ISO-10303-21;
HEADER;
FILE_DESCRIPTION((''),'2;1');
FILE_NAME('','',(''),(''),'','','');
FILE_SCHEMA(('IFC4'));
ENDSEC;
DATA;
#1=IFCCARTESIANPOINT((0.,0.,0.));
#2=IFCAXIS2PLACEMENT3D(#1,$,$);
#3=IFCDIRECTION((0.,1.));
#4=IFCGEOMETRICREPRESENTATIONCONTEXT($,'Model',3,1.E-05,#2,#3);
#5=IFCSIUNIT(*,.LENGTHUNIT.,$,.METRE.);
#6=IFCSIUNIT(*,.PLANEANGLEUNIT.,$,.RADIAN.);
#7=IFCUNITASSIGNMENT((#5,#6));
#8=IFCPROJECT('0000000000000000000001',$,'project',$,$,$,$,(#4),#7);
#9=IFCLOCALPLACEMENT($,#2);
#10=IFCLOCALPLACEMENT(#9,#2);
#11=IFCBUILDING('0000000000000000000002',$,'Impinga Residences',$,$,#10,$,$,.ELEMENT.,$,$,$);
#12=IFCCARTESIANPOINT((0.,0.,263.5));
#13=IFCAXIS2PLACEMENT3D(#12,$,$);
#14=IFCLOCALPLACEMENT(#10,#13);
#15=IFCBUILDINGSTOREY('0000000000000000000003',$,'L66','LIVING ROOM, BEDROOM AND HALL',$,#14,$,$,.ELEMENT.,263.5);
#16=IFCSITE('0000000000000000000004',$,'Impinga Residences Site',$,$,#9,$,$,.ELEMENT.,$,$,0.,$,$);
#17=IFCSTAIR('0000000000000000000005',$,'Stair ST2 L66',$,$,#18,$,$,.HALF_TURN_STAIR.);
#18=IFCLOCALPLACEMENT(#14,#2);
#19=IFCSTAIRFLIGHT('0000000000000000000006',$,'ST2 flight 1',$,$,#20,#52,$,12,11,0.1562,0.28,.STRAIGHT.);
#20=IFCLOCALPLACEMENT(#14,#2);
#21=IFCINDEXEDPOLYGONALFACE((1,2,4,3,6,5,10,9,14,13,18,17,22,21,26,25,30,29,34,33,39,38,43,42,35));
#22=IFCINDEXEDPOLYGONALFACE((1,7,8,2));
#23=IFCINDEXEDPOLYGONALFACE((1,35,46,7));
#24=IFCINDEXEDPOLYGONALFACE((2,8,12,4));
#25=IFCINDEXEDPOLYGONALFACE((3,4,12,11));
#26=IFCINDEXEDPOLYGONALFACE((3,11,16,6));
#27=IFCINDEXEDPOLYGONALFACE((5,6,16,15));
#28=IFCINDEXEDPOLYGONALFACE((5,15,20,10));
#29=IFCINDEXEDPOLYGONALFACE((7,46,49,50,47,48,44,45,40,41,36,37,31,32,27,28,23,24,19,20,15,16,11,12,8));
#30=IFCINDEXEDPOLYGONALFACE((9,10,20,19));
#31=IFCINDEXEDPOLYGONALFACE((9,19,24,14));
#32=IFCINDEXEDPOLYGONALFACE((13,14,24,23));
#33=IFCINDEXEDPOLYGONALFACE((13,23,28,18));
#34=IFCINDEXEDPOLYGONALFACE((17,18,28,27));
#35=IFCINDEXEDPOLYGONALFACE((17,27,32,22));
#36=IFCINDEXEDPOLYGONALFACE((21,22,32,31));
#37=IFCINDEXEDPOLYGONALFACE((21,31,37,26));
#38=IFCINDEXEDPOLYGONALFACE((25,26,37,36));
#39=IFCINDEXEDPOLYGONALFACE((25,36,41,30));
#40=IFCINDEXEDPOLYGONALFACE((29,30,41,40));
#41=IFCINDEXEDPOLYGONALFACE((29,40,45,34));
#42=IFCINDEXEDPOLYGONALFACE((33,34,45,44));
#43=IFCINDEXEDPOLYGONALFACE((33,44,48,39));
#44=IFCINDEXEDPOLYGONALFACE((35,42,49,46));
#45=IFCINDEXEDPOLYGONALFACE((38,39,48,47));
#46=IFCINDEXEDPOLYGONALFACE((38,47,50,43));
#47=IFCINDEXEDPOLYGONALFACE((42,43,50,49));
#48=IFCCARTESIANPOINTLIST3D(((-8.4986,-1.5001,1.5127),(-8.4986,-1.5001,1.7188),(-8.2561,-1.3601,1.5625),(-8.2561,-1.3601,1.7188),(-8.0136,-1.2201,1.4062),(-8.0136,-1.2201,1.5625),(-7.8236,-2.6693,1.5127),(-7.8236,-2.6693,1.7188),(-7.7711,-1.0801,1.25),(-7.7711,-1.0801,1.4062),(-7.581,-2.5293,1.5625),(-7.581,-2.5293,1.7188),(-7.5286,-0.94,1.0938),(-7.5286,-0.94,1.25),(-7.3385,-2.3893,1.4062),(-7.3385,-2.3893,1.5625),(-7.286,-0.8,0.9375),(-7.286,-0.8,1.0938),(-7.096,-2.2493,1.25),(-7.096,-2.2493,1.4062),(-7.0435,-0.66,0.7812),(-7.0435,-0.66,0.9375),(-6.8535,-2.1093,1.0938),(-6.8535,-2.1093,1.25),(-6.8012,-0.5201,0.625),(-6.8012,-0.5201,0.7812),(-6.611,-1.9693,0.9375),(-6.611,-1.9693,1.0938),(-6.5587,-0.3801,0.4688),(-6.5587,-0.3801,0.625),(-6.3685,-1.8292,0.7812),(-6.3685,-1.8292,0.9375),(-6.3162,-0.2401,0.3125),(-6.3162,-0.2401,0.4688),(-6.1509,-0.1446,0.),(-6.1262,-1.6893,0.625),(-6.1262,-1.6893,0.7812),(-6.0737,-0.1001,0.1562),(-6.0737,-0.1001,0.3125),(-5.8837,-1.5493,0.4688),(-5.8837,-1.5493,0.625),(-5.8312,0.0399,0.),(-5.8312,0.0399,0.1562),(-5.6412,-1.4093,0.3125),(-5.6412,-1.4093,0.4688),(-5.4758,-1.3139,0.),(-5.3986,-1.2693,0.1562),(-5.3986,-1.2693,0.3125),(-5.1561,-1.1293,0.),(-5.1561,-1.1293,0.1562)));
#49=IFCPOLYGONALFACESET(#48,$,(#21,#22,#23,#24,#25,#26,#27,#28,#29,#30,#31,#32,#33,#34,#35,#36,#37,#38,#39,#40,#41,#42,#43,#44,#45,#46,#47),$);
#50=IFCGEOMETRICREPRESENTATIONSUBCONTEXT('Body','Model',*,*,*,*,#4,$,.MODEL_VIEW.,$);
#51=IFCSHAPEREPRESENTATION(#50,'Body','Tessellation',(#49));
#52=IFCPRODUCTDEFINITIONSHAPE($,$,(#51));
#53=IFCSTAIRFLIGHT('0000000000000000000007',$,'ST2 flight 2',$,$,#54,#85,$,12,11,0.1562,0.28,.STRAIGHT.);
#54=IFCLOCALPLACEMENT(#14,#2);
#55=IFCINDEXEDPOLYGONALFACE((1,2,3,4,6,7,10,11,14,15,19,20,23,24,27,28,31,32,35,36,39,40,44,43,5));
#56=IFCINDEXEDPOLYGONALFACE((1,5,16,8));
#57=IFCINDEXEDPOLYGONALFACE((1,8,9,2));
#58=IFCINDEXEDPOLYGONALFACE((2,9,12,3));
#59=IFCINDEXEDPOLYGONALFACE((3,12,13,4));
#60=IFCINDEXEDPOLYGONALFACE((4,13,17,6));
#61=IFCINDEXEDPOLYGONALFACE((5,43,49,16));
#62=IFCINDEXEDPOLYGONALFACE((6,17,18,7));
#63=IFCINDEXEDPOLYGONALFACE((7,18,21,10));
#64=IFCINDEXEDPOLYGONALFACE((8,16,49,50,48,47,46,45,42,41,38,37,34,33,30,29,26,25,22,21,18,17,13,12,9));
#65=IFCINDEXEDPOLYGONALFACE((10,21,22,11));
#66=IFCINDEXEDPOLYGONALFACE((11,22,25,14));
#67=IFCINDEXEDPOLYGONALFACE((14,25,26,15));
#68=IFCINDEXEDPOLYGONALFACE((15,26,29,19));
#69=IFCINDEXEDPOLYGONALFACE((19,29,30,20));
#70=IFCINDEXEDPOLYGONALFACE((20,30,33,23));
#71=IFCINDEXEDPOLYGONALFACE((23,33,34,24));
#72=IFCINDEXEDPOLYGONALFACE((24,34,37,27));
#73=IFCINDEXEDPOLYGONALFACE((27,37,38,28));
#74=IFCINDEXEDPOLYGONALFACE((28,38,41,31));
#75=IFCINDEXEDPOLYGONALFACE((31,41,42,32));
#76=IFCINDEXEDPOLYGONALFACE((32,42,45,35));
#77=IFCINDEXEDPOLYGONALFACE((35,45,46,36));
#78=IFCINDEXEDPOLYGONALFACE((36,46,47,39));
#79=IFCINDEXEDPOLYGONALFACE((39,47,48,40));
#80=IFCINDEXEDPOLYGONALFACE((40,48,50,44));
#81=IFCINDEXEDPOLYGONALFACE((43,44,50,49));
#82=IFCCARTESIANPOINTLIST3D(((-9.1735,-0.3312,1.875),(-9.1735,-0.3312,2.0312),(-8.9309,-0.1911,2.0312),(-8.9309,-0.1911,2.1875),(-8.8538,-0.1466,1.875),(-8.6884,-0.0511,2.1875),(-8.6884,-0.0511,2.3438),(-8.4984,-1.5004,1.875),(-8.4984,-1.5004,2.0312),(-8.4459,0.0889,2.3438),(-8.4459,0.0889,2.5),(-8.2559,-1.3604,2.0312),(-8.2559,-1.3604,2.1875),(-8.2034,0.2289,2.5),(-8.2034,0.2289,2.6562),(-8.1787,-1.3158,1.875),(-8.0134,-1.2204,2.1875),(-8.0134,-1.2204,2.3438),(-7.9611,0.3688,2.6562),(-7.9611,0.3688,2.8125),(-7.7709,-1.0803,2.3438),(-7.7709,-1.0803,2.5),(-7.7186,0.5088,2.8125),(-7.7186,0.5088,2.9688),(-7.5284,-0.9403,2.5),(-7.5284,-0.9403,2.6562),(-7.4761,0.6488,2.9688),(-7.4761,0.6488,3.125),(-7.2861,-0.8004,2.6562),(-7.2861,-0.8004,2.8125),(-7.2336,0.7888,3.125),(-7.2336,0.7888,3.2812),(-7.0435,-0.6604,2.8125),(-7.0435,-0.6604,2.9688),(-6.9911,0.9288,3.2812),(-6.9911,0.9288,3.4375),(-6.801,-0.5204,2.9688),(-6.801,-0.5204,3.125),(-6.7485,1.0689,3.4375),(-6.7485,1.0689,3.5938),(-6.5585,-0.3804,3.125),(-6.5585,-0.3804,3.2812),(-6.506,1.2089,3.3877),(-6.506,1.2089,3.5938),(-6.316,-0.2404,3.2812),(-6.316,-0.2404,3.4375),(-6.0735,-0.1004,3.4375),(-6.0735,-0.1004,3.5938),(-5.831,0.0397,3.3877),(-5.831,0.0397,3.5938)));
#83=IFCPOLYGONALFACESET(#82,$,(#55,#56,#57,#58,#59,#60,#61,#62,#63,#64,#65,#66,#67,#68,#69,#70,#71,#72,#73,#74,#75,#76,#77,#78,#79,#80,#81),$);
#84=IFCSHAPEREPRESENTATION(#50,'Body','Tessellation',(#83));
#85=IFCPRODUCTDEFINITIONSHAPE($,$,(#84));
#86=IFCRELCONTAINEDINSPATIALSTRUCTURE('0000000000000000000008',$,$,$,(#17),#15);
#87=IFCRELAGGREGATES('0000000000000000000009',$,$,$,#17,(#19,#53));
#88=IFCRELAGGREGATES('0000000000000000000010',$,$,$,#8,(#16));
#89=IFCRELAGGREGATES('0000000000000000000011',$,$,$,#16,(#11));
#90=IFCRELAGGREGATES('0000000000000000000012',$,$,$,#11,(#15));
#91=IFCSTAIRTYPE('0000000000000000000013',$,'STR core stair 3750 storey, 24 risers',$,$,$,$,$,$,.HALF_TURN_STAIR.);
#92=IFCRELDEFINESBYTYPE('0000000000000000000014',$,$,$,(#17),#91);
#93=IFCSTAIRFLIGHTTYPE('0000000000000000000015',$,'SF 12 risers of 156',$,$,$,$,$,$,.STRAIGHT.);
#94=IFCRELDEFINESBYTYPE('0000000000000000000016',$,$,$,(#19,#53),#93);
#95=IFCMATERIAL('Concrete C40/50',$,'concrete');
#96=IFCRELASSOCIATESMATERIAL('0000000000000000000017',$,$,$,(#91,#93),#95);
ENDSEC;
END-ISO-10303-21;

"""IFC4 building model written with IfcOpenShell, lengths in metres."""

from ifc_helpers import new_model, si_unit, direction, frame, origin, place, context, subcontext, project, spatial, polyline, outline, extrude, material, type_object, element, aggregate, save


model = new_model("IFC4")

# Units and contexts
model_context = context("Model", 3, precision=1e-05, world=origin(), true_north=direction((0.0, 1.0)))
body_context = subcontext(model_context, "Body", "Model", "MODEL_VIEW")
ifc_project = project(units=[si_unit("LENGTHUNIT", "METRE"), si_unit("PLANEANGLEUNIT", "RADIAN")], contexts=[model_context])

# Site, building, storey
site_placement = place(None, origin())
site = spatial("IfcSite", under=ifc_project, at=site_placement, Name="Impinga Residences Site", CompositionType="ELEMENT", RefElevation=0.0)
building_placement = place(site_placement, origin())
building = spatial("IfcBuilding", under=site, at=building_placement, Name="Impinga Residences", CompositionType="ELEMENT")
storey_placement = place(building_placement, frame((0.0, 0.0, 263.5)))
storey = spatial("IfcBuildingStorey", under=building, at=storey_placement, Name="L66", Description="LIVING ROOM, BEDROOM AND HALL", CompositionType="ELEMENT", Elevation=263.5)

# Stair, stair flights
ifc_material_1 = material(Name="Concrete C40/50", Category="concrete")
stair_type = type_object("IfcStairType", Name="STR core stair 3750 storey, 24 risers", PredefinedType="HALF_TURN_STAIR", material=ifc_material_1)
stair_placement = place(storey_placement, origin())
stair = element("IfcStair", 1, at=stair_placement, inside=storey, type_object=stair_type, Name="Stair ST2 L66", PredefinedType="HALF_TURN_STAIR")
stair_flight_type = type_object("IfcStairFlightType", Name="SF 12 risers of 156", PredefinedType="STRAIGHT", material=ifc_material_1)
stair_flight_1_placement = place(storey_placement, frame((-5.4937, -0.5447, 0.0), z_axis=(0.0, 0.0, 1.0), x_axis=(-0.866025, -0.5, 0.0)))
stair_flight_1 = element("IfcStairFlight", 2, at=stair_flight_1_placement, type_object=stair_flight_type, Name="ST2 flight 1", NumberOfRisers=12, NumberOfTreads=11, PredefinedType="STRAIGHT", RiserHeight=0.1562, TreadLength=0.28, context=body_context, shape_type="SweptSolid", body=[
    extrude(outline(polyline([(0.0, 0.0), (0.0, 0.1562), (0.28, 0.1562), (0.28, 0.3125), (0.5601, 0.3125), (0.5601, 0.4688), (0.8401, 0.4688), (0.8401, 0.625), (1.1201, 0.625), (1.1201, 0.7812), (1.3999, 0.7812), (1.3999, 0.9375), (1.6799, 0.9375), (1.6799, 1.0938), (1.96, 1.0938), (1.96, 1.25), (2.24, 1.25), (2.24, 1.4062), (2.52, 1.4062), (2.52, 1.5625), (2.8, 1.5625), (2.8, 1.7188), (3.0801, 1.7188), (3.0801, 1.875), (3.0801, 1.5127), (0.3691, 0.0), (0.0, 0.0)])), frame((0.0, 0.675, 0.0), z_axis=(0.0, -1.0, 0.0), x_axis=(1.0, 0.0, 0.0)), (0.0, 0.0, 1.0), 1.3501),
])
stair_flight_2_placement = place(storey_placement, frame((-8.8359, -0.9158, 1.875), z_axis=(0.0, 0.0, 1.0), x_axis=(0.866025, 0.5, 0.0)))
stair_flight_2 = element("IfcStairFlight", 3, at=stair_flight_2_placement, type_object=stair_flight_type, Name="ST2 flight 2", NumberOfRisers=12, NumberOfTreads=11, PredefinedType="STRAIGHT", RiserHeight=0.1562, TreadLength=0.28, context=body_context, shape_type="SweptSolid", body=[
    extrude(outline(polyline([(0.0, 0.0), (0.0, 0.1562), (0.28, 0.1562), (0.28, 0.3125), (0.5601, 0.3125), (0.5601, 0.4688), (0.8401, 0.4688), (0.8401, 0.625), (1.1201, 0.625), (1.1201, 0.7812), (1.3999, 0.7812), (1.3999, 0.9375), (1.6799, 0.9375), (1.6799, 1.0938), (1.96, 1.0938), (1.96, 1.25), (2.24, 1.25), (2.24, 1.4062), (2.52, 1.4062), (2.52, 1.5625), (2.8, 1.5625), (2.8, 1.7188), (3.0801, 1.7188), (3.0801, 1.875), (3.0801, 1.5127), (0.3691, 0.0), (0.0, 0.0)])), frame((0.0, 0.675, 0.0), z_axis=(0.0, -1.0, 0.0), x_axis=(1.0, 0.0, 0.0)), (0.0, 0.0, 1.0), 1.3501),
])
aggregate(stair, [stair_flight_1, stair_flight_2])

save(model, "model.ifc")
